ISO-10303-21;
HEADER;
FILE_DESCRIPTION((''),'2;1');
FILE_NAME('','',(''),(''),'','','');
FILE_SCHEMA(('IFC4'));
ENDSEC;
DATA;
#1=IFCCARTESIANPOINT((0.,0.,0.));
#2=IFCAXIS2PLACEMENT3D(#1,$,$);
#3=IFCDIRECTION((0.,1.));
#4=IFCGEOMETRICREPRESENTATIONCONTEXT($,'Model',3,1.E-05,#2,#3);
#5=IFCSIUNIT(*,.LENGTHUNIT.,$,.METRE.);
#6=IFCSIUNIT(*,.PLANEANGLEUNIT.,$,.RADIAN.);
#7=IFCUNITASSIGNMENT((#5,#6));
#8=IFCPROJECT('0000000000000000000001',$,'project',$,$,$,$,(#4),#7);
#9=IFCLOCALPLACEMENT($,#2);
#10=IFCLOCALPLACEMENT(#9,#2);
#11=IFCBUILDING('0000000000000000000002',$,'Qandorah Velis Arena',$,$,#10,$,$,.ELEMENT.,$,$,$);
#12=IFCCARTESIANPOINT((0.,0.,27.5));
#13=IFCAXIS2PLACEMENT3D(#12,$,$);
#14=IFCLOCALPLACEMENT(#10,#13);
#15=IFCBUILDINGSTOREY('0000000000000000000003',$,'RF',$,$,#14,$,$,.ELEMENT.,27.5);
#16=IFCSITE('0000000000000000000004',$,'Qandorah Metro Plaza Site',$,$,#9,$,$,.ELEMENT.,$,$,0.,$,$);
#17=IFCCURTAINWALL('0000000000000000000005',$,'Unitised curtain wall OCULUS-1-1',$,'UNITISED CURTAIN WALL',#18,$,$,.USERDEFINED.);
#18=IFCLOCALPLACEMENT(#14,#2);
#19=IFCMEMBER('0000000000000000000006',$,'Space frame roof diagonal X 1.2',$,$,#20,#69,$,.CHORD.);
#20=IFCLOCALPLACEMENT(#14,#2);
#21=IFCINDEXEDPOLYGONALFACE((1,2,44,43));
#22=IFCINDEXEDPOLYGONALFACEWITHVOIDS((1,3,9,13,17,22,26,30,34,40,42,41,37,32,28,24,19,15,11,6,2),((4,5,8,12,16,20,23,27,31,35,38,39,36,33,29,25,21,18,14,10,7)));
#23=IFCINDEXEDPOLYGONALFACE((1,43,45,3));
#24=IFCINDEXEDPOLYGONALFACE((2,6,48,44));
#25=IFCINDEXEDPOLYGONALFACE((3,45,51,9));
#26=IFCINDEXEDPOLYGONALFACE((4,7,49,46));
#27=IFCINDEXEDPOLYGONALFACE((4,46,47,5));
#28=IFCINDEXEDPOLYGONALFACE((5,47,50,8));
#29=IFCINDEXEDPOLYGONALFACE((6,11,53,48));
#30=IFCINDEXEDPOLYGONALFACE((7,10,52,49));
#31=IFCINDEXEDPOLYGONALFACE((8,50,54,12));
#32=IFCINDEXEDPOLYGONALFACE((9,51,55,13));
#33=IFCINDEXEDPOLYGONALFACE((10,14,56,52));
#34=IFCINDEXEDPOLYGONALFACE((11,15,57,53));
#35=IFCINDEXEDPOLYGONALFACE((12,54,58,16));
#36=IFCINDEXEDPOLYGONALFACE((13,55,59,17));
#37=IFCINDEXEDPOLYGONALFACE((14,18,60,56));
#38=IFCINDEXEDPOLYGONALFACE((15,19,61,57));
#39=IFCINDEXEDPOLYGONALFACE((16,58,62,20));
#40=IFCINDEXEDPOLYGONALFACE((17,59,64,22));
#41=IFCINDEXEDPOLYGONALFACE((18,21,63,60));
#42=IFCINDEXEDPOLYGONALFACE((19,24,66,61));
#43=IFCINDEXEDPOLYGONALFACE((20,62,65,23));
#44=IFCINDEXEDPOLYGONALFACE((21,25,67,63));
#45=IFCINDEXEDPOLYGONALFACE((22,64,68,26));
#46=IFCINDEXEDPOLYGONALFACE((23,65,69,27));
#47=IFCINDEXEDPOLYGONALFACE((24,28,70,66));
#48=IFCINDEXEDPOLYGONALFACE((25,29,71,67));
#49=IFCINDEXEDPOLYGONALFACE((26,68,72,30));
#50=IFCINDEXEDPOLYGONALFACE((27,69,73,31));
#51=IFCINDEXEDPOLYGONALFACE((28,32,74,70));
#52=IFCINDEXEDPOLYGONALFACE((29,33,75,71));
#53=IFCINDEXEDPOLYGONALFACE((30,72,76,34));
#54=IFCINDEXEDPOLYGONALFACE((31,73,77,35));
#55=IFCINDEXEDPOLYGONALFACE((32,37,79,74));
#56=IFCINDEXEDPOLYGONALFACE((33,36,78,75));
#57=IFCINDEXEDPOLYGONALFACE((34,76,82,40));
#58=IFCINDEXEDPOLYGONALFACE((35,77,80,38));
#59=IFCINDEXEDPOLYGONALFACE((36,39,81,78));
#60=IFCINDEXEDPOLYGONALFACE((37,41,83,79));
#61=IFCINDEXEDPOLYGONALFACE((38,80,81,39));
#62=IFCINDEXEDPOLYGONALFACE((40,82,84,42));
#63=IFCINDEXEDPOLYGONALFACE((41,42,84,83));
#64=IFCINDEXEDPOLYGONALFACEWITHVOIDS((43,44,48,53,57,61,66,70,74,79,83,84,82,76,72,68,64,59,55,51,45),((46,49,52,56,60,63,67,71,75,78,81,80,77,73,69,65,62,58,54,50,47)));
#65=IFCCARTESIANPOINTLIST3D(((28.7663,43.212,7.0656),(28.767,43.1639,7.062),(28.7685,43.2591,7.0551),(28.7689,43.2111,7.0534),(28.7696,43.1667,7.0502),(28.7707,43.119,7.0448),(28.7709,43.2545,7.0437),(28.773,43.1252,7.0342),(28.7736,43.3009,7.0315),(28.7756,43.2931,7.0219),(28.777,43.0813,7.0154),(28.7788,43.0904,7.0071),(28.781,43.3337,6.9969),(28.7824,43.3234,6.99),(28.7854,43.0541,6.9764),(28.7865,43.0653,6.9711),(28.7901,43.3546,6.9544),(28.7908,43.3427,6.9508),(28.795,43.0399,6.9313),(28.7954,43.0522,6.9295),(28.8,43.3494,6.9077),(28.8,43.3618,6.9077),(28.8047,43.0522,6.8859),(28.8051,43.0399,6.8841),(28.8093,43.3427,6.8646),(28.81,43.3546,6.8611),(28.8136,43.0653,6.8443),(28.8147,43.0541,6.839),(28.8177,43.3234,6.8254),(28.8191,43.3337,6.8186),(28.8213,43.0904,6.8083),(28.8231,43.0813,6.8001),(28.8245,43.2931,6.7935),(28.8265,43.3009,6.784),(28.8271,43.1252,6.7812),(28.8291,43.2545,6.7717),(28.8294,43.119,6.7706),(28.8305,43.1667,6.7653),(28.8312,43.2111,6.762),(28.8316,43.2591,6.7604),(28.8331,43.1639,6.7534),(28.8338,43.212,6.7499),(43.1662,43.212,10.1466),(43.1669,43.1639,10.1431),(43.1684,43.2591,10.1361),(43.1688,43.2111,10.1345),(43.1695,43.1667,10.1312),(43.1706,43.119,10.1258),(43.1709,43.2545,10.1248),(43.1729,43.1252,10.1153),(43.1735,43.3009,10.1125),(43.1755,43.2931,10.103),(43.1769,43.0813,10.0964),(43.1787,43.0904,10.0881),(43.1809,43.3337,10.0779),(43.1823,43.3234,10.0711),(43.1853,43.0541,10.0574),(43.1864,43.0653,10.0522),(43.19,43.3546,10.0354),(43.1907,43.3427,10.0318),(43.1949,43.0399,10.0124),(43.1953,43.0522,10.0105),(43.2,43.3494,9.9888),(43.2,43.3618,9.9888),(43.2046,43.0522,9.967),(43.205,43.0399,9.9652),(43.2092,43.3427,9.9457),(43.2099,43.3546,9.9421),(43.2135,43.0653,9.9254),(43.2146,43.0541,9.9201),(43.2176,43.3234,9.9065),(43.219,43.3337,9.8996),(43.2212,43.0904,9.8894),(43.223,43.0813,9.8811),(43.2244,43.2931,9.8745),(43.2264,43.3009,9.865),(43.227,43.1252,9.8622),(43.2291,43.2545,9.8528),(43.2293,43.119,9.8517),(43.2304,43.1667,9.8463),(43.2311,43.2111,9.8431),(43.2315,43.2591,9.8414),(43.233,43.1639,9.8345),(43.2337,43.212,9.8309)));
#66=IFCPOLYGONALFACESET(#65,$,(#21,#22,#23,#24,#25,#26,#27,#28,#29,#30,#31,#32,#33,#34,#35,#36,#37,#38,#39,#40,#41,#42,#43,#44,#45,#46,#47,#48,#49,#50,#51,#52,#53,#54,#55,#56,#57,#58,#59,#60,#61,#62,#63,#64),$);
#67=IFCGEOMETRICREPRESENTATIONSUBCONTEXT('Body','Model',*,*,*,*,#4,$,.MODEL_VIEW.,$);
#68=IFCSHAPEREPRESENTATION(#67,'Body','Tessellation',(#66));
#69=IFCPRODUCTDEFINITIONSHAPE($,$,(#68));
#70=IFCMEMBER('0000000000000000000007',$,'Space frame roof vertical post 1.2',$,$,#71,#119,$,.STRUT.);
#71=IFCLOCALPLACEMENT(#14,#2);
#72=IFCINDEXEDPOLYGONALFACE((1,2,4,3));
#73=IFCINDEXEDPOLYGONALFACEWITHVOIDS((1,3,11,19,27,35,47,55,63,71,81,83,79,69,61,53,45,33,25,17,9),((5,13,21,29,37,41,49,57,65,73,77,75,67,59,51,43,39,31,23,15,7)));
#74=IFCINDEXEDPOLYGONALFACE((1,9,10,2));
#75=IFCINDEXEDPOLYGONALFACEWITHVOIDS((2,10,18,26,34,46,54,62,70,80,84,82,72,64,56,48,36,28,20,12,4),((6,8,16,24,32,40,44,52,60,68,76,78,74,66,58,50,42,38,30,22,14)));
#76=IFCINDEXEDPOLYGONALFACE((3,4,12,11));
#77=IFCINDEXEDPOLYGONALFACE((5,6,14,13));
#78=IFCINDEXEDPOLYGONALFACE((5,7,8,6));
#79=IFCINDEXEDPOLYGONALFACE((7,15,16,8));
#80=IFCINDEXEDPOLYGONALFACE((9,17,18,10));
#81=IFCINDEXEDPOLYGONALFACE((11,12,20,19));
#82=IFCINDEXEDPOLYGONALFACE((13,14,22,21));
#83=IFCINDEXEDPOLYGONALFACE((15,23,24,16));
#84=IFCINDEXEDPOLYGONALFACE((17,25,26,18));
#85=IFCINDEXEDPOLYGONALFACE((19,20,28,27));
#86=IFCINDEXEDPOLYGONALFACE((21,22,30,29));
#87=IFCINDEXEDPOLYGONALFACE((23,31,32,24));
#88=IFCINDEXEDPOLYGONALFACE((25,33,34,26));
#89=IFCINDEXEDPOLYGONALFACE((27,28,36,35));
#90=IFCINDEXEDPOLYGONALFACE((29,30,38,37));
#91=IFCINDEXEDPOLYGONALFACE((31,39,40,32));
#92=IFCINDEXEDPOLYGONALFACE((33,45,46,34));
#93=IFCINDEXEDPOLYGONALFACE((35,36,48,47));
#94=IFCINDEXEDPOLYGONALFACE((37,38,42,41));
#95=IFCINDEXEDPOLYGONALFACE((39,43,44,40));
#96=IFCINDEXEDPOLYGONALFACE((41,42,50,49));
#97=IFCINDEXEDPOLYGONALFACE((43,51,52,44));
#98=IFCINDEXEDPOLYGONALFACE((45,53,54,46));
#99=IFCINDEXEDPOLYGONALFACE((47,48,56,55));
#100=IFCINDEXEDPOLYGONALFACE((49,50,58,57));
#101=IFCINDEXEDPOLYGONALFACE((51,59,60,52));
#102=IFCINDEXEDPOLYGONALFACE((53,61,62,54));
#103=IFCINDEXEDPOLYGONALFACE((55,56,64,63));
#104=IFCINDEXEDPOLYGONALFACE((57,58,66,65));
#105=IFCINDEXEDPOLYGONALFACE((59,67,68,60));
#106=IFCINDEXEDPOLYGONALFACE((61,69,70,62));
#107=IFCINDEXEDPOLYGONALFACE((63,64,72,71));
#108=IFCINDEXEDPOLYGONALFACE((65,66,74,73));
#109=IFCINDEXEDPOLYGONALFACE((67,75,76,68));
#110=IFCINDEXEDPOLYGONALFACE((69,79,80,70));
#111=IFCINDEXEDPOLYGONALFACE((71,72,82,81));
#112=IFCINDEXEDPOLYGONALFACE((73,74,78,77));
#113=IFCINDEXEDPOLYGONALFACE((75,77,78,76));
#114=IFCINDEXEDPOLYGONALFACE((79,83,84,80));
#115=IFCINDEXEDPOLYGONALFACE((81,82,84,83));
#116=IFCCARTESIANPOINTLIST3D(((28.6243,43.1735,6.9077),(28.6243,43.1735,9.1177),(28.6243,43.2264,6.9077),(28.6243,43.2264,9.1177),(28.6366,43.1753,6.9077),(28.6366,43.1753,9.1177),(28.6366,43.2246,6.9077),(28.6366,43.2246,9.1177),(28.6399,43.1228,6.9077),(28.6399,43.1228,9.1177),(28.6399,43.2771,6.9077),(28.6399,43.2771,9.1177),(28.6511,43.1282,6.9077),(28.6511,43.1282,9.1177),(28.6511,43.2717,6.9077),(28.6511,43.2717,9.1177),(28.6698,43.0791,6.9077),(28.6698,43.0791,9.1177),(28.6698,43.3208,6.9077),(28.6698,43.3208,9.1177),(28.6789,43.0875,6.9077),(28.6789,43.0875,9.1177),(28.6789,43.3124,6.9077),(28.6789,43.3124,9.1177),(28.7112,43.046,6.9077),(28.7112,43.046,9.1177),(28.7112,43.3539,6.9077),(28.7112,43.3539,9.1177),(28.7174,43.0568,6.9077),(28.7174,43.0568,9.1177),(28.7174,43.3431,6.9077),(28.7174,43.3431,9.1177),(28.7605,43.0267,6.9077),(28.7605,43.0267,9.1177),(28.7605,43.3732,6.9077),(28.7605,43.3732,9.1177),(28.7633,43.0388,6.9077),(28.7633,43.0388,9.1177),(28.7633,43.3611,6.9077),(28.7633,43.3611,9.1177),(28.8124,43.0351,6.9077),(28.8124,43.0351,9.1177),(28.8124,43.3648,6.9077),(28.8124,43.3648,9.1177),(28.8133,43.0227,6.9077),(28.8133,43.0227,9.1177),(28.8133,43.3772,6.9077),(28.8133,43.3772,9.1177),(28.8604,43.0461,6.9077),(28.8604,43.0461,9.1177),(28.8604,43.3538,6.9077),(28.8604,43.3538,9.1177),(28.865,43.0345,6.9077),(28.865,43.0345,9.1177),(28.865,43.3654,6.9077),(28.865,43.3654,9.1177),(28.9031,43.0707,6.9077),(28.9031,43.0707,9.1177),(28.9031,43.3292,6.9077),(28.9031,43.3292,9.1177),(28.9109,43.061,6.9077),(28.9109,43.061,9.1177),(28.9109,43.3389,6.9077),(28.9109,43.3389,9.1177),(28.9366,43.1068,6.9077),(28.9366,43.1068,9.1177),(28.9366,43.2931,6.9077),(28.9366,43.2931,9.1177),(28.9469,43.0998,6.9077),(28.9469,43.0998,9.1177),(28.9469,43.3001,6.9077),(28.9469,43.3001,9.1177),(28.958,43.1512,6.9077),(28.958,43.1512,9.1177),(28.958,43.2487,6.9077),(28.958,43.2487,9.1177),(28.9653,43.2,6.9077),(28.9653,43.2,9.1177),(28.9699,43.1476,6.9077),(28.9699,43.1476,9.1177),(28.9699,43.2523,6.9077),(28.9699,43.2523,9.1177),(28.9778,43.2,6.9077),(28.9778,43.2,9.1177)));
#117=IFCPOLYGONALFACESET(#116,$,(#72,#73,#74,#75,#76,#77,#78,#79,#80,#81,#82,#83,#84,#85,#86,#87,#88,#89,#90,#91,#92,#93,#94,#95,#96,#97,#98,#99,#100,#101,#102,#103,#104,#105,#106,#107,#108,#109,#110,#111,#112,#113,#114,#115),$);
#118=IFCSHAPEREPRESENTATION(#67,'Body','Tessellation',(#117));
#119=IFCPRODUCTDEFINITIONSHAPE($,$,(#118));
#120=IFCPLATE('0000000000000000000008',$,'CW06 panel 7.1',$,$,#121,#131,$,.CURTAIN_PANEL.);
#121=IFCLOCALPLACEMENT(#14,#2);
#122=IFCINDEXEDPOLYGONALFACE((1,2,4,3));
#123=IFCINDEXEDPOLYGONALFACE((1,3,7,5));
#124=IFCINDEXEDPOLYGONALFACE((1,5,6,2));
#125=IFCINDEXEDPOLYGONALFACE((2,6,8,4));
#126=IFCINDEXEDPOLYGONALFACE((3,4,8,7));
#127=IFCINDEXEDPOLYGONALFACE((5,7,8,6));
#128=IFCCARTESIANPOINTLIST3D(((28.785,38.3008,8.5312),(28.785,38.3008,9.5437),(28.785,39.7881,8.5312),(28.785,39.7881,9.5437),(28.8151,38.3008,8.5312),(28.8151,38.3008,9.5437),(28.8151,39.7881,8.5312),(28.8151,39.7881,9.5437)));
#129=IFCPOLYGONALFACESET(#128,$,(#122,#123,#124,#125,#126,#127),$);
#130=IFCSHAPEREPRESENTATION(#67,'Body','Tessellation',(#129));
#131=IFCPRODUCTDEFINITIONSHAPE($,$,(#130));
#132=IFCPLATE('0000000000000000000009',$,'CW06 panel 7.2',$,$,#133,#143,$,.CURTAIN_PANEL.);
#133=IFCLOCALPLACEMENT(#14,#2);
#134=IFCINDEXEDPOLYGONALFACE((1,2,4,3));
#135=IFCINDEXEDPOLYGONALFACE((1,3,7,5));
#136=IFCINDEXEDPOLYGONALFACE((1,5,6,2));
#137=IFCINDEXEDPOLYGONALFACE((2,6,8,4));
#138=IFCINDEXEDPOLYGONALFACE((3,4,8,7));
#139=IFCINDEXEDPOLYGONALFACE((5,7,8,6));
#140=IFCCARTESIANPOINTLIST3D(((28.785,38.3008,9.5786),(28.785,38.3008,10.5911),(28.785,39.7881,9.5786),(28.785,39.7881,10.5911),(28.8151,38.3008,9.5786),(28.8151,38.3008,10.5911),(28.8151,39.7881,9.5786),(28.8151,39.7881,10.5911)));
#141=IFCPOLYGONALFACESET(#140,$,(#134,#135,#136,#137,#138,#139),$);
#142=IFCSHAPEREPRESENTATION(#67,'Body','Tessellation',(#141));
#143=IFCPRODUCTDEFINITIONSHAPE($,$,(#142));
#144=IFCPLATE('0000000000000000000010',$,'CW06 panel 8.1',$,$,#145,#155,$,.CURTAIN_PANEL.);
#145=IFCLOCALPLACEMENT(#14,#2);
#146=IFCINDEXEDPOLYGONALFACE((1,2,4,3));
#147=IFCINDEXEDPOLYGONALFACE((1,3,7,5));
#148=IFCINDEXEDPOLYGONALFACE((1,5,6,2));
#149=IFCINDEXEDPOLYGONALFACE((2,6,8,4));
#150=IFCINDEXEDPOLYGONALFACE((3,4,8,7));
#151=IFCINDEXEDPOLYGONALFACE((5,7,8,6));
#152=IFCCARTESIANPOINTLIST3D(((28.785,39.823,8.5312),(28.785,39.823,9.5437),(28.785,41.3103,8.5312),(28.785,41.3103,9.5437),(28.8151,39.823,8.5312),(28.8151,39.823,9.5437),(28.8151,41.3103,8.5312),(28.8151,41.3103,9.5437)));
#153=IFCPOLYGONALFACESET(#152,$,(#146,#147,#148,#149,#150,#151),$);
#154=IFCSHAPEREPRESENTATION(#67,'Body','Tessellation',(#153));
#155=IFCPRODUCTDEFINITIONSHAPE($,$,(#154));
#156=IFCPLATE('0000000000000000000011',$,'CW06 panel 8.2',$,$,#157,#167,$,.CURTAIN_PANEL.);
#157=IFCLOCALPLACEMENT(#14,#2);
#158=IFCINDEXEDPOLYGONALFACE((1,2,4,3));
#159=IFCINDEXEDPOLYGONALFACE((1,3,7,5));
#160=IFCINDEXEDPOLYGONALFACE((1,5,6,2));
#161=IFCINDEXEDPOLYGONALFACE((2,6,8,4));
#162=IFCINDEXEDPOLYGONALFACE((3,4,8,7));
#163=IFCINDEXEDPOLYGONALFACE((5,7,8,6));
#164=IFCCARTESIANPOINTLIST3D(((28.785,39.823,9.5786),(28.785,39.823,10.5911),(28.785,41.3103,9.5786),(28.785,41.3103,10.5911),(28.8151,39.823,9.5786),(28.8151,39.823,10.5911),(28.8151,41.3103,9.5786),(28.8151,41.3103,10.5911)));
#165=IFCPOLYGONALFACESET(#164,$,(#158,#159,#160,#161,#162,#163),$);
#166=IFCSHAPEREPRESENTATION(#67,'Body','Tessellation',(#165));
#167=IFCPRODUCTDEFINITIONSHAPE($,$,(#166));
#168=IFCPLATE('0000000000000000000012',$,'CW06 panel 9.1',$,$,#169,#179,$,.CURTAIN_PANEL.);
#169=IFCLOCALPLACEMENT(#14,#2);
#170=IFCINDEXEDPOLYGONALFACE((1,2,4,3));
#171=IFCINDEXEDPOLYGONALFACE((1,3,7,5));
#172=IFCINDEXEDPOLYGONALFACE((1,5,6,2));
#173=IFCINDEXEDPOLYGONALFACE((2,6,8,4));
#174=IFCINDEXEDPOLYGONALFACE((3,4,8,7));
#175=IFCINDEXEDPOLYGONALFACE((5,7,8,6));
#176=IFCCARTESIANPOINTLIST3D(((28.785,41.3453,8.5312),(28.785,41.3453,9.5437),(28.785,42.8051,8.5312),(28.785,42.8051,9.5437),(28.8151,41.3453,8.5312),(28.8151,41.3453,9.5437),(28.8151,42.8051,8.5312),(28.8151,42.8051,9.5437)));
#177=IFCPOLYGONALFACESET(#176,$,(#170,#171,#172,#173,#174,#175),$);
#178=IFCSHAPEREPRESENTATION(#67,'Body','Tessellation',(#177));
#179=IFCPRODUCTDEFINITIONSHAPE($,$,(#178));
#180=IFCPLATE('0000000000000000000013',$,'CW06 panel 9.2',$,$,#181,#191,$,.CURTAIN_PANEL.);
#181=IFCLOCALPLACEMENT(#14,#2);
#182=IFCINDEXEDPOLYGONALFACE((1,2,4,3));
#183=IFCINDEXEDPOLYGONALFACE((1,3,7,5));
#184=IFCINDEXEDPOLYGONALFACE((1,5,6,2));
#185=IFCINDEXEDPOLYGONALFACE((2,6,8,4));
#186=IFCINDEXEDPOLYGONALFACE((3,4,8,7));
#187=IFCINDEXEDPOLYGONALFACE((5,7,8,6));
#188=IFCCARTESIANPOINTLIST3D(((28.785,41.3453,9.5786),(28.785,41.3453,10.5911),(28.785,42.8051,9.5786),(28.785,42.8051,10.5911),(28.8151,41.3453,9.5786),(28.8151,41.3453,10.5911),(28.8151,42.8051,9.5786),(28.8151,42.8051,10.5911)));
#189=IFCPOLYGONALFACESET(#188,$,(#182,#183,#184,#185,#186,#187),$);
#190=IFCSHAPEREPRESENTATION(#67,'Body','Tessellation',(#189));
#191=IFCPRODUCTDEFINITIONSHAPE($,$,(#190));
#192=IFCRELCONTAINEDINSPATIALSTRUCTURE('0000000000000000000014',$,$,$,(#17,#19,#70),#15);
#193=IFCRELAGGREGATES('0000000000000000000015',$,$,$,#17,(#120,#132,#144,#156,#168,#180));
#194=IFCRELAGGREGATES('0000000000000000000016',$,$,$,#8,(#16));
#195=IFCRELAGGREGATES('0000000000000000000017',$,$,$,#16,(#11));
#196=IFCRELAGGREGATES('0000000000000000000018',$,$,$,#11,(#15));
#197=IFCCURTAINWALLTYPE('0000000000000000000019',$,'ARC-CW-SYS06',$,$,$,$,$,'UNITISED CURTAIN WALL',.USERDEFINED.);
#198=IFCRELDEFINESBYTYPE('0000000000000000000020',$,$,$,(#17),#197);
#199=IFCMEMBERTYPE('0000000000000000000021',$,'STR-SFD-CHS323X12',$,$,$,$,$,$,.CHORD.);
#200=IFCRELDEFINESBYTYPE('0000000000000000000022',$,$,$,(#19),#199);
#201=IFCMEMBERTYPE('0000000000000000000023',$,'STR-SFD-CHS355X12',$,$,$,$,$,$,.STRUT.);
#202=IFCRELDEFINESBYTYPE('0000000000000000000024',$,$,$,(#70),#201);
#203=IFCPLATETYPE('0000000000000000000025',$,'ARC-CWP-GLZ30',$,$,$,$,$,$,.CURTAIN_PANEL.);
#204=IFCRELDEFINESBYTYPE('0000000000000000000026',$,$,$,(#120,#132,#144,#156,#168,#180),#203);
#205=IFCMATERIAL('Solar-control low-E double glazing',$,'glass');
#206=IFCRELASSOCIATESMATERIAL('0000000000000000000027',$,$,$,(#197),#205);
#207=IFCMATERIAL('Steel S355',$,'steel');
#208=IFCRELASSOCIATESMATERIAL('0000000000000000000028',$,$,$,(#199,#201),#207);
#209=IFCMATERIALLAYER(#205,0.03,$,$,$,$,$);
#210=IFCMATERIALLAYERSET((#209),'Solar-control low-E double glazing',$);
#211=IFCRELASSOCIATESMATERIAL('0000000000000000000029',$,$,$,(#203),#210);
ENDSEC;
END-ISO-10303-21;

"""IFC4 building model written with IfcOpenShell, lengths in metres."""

from ifc_helpers import new_model, si_unit, direction, frame, origin, origin_2d, place, context, subcontext, project, spatial, rectangle, hollow_circle, extrude, material, layer, layer_set, material_profile, profile_set, type_object, element, aggregate, save


model = new_model("IFC4")

# Units and contexts
model_context = context("Model", 3, precision=1e-05, world=origin(), true_north=direction((0.0, 1.0)))
body_context = subcontext(model_context, "Body", "Model", "MODEL_VIEW")
ifc_project = project(units=[si_unit("LENGTHUNIT", "METRE"), si_unit("PLANEANGLEUNIT", "RADIAN")], contexts=[model_context])

# Site, building, storey
site_placement = place(None, origin())
site = spatial("IfcSite", under=ifc_project, at=site_placement, Name="Qandorah Metro Plaza Site", CompositionType="ELEMENT", RefElevation=0.0)
building_placement = place(site_placement, origin())
building = spatial("IfcBuilding", under=site, at=building_placement, Name="Qandorah Velis Arena", CompositionType="ELEMENT")
storey_placement = place(building_placement, frame((0.0, 0.0, 27.5)))
storey = spatial("IfcBuildingStorey", under=building, at=storey_placement, Name="RF", CompositionType="ELEMENT", Elevation=27.5)

# Curtain wall
ifc_material_1 = material(Name="Solar-control low-E double glazing", Category="glass")
curtain_wall_type_1 = type_object("IfcCurtainWallType", Name="ARC-CW-SYS06", ElementType="UNITISED CURTAIN WALL", PredefinedType="USERDEFINED", material=ifc_material_1)
curtain_wall_1_placement = place(storey_placement, origin())
curtain_wall_1 = element("IfcCurtainWall", 1, at=curtain_wall_1_placement, inside=storey, type_object=curtain_wall_type_1, Name="Unitised curtain wall OCULUS-1-1", ObjectType="UNITISED CURTAIN WALL", PredefinedType="USERDEFINED")

# Shared definitions
ifc_material_2 = material(Name="Steel S355", Category="steel")

# Members
ifc_material_profile_1 = material_profile(ifc_material_2, hollow_circle(Radius=0.1619, WallThickness=0.0125, at=origin_2d()), Name="CHS 323.9x12.5")
ifc_profile_set_1 = profile_set([ifc_material_profile_1], Name="Steel S355")
member_type_1 = type_object("IfcMemberType", Name="STR-SFD-CHS323X12", PredefinedType="CHORD", material=ifc_profile_set_1)
member_1_placement = place(storey_placement, frame((28.8, 43.2, 6.9077), z_axis=(0.977867, 0.0, 0.209228), x_axis=(0.0, 1.0, 0.0)))
element("IfcMember", 2, at=member_1_placement, inside=storey, type_object=member_type_1, Name="Space frame roof diagonal X 1.2", PredefinedType="CHORD", context=body_context, shape_type="SweptSolid", body=[
    extrude(hollow_circle(Radius=0.1619, WallThickness=0.0125, at=origin_2d()), origin(), (0.0, 0.0, 1.0), 14.7258),
])
ifc_material_profile_2 = material_profile(ifc_material_2, hollow_circle(Radius=0.1777, WallThickness=0.0125, at=origin_2d()), Name="CHS 355.6x12.5")
ifc_profile_set_2 = profile_set([ifc_material_profile_2], Name="Steel S355")
member_type_2 = type_object("IfcMemberType", Name="STR-SFD-CHS355X12", PredefinedType="STRUT", material=ifc_profile_set_2)
member_2_placement = place(storey_placement, frame((28.8, 43.2, 6.9077), z_axis=(0.0, 0.0, 1.0), x_axis=(1.0, 0.0, 0.0)))
element("IfcMember", 3, at=member_2_placement, inside=storey, type_object=member_type_2, Name="Space frame roof vertical post 1.2", PredefinedType="STRUT", context=body_context, shape_type="SweptSolid", body=[
    extrude(hollow_circle(Radius=0.1777, WallThickness=0.0125, at=origin_2d()), origin(), (0.0, 0.0, 1.0), 2.21),
])

# Plates
ifc_layer = layer(ifc_material_1, 0.03)
ifc_layer_set = layer_set([ifc_layer], Name="Solar-control low-E double glazing")
plate_type = type_object("IfcPlateType", Name="ARC-CWP-GLZ30", PredefinedType="CURTAIN_PANEL", material=ifc_layer_set)
plate_1_placement = place(storey_placement, frame((28.8, 39.0444, 8.5312), z_axis=(0.0, 0.0, 1.0), x_axis=(0.0, 1.0, 0.0)))
plate_1 = element("IfcPlate", 4, at=plate_1_placement, type_object=plate_type, Name="CW06 panel 7.1", PredefinedType="CURTAIN_PANEL", context=body_context, shape_type="SweptSolid", body=[
    extrude(rectangle(XDim=1.4873, YDim=0.03, at=origin_2d()), origin(), (0.0, 0.0, 1.0), 1.0125),
])
plate_2_placement = place(storey_placement, frame((28.8, 39.0444, 9.5786), z_axis=(0.0, 0.0, 1.0), x_axis=(0.0, 1.0, 0.0)))
plate_2 = element("IfcPlate", 5, at=plate_2_placement, type_object=plate_type, Name="CW06 panel 7.2", PredefinedType="CURTAIN_PANEL", context=body_context, shape_type="SweptSolid", body=[
    extrude(rectangle(XDim=1.4873, YDim=0.03, at=origin_2d()), origin(), (0.0, 0.0, 1.0), 1.0125),
])
plate_3_placement = place(storey_placement, frame((28.8, 40.5667, 8.5312), z_axis=(0.0, 0.0, 1.0), x_axis=(0.0, 1.0, 0.0)))
plate_3 = element("IfcPlate", 6, at=plate_3_placement, type_object=plate_type, Name="CW06 panel 8.1", PredefinedType="CURTAIN_PANEL", context=body_context, shape_type="SweptSolid", body=[
    extrude(rectangle(XDim=1.4873, YDim=0.03, at=origin_2d()), origin(), (0.0, 0.0, 1.0), 1.0125),
])
plate_4_placement = place(storey_placement, frame((28.8, 40.5667, 9.5786), z_axis=(0.0, 0.0, 1.0), x_axis=(0.0, 1.0, 0.0)))
plate_4 = element("IfcPlate", 7, at=plate_4_placement, type_object=plate_type, Name="CW06 panel 8.2", PredefinedType="CURTAIN_PANEL", context=body_context, shape_type="SweptSolid", body=[
    extrude(rectangle(XDim=1.4873, YDim=0.03, at=origin_2d()), origin(), (0.0, 0.0, 1.0), 1.0125),
])
plate_5_placement = place(storey_placement, frame((28.8, 42.0752, 8.5312), z_axis=(0.0, 0.0, 1.0), x_axis=(0.0, 1.0, 0.0)))
plate_5 = element("IfcPlate", 8, at=plate_5_placement, type_object=plate_type, Name="CW06 panel 9.1", PredefinedType="CURTAIN_PANEL", context=body_context, shape_type="SweptSolid", body=[
    extrude(rectangle(XDim=1.4597, YDim=0.03, at=origin_2d()), origin(), (0.0, 0.0, 1.0), 1.0125),
])
plate_6_placement = place(storey_placement, frame((28.8, 42.0752, 9.5786), z_axis=(0.0, 0.0, 1.0), x_axis=(0.0, 1.0, 0.0)))
plate_6 = element("IfcPlate", 9, at=plate_6_placement, type_object=plate_type, Name="CW06 panel 9.2", PredefinedType="CURTAIN_PANEL", context=body_context, shape_type="SweptSolid", body=[
    extrude(rectangle(XDim=1.4597, YDim=0.03, at=origin_2d()), origin(), (0.0, 0.0, 1.0), 1.0125),
])
aggregate(curtain_wall_1, [plate_1, plate_2, plate_3, plate_4, plate_5, plate_6])

save(model, "model.ifc")
